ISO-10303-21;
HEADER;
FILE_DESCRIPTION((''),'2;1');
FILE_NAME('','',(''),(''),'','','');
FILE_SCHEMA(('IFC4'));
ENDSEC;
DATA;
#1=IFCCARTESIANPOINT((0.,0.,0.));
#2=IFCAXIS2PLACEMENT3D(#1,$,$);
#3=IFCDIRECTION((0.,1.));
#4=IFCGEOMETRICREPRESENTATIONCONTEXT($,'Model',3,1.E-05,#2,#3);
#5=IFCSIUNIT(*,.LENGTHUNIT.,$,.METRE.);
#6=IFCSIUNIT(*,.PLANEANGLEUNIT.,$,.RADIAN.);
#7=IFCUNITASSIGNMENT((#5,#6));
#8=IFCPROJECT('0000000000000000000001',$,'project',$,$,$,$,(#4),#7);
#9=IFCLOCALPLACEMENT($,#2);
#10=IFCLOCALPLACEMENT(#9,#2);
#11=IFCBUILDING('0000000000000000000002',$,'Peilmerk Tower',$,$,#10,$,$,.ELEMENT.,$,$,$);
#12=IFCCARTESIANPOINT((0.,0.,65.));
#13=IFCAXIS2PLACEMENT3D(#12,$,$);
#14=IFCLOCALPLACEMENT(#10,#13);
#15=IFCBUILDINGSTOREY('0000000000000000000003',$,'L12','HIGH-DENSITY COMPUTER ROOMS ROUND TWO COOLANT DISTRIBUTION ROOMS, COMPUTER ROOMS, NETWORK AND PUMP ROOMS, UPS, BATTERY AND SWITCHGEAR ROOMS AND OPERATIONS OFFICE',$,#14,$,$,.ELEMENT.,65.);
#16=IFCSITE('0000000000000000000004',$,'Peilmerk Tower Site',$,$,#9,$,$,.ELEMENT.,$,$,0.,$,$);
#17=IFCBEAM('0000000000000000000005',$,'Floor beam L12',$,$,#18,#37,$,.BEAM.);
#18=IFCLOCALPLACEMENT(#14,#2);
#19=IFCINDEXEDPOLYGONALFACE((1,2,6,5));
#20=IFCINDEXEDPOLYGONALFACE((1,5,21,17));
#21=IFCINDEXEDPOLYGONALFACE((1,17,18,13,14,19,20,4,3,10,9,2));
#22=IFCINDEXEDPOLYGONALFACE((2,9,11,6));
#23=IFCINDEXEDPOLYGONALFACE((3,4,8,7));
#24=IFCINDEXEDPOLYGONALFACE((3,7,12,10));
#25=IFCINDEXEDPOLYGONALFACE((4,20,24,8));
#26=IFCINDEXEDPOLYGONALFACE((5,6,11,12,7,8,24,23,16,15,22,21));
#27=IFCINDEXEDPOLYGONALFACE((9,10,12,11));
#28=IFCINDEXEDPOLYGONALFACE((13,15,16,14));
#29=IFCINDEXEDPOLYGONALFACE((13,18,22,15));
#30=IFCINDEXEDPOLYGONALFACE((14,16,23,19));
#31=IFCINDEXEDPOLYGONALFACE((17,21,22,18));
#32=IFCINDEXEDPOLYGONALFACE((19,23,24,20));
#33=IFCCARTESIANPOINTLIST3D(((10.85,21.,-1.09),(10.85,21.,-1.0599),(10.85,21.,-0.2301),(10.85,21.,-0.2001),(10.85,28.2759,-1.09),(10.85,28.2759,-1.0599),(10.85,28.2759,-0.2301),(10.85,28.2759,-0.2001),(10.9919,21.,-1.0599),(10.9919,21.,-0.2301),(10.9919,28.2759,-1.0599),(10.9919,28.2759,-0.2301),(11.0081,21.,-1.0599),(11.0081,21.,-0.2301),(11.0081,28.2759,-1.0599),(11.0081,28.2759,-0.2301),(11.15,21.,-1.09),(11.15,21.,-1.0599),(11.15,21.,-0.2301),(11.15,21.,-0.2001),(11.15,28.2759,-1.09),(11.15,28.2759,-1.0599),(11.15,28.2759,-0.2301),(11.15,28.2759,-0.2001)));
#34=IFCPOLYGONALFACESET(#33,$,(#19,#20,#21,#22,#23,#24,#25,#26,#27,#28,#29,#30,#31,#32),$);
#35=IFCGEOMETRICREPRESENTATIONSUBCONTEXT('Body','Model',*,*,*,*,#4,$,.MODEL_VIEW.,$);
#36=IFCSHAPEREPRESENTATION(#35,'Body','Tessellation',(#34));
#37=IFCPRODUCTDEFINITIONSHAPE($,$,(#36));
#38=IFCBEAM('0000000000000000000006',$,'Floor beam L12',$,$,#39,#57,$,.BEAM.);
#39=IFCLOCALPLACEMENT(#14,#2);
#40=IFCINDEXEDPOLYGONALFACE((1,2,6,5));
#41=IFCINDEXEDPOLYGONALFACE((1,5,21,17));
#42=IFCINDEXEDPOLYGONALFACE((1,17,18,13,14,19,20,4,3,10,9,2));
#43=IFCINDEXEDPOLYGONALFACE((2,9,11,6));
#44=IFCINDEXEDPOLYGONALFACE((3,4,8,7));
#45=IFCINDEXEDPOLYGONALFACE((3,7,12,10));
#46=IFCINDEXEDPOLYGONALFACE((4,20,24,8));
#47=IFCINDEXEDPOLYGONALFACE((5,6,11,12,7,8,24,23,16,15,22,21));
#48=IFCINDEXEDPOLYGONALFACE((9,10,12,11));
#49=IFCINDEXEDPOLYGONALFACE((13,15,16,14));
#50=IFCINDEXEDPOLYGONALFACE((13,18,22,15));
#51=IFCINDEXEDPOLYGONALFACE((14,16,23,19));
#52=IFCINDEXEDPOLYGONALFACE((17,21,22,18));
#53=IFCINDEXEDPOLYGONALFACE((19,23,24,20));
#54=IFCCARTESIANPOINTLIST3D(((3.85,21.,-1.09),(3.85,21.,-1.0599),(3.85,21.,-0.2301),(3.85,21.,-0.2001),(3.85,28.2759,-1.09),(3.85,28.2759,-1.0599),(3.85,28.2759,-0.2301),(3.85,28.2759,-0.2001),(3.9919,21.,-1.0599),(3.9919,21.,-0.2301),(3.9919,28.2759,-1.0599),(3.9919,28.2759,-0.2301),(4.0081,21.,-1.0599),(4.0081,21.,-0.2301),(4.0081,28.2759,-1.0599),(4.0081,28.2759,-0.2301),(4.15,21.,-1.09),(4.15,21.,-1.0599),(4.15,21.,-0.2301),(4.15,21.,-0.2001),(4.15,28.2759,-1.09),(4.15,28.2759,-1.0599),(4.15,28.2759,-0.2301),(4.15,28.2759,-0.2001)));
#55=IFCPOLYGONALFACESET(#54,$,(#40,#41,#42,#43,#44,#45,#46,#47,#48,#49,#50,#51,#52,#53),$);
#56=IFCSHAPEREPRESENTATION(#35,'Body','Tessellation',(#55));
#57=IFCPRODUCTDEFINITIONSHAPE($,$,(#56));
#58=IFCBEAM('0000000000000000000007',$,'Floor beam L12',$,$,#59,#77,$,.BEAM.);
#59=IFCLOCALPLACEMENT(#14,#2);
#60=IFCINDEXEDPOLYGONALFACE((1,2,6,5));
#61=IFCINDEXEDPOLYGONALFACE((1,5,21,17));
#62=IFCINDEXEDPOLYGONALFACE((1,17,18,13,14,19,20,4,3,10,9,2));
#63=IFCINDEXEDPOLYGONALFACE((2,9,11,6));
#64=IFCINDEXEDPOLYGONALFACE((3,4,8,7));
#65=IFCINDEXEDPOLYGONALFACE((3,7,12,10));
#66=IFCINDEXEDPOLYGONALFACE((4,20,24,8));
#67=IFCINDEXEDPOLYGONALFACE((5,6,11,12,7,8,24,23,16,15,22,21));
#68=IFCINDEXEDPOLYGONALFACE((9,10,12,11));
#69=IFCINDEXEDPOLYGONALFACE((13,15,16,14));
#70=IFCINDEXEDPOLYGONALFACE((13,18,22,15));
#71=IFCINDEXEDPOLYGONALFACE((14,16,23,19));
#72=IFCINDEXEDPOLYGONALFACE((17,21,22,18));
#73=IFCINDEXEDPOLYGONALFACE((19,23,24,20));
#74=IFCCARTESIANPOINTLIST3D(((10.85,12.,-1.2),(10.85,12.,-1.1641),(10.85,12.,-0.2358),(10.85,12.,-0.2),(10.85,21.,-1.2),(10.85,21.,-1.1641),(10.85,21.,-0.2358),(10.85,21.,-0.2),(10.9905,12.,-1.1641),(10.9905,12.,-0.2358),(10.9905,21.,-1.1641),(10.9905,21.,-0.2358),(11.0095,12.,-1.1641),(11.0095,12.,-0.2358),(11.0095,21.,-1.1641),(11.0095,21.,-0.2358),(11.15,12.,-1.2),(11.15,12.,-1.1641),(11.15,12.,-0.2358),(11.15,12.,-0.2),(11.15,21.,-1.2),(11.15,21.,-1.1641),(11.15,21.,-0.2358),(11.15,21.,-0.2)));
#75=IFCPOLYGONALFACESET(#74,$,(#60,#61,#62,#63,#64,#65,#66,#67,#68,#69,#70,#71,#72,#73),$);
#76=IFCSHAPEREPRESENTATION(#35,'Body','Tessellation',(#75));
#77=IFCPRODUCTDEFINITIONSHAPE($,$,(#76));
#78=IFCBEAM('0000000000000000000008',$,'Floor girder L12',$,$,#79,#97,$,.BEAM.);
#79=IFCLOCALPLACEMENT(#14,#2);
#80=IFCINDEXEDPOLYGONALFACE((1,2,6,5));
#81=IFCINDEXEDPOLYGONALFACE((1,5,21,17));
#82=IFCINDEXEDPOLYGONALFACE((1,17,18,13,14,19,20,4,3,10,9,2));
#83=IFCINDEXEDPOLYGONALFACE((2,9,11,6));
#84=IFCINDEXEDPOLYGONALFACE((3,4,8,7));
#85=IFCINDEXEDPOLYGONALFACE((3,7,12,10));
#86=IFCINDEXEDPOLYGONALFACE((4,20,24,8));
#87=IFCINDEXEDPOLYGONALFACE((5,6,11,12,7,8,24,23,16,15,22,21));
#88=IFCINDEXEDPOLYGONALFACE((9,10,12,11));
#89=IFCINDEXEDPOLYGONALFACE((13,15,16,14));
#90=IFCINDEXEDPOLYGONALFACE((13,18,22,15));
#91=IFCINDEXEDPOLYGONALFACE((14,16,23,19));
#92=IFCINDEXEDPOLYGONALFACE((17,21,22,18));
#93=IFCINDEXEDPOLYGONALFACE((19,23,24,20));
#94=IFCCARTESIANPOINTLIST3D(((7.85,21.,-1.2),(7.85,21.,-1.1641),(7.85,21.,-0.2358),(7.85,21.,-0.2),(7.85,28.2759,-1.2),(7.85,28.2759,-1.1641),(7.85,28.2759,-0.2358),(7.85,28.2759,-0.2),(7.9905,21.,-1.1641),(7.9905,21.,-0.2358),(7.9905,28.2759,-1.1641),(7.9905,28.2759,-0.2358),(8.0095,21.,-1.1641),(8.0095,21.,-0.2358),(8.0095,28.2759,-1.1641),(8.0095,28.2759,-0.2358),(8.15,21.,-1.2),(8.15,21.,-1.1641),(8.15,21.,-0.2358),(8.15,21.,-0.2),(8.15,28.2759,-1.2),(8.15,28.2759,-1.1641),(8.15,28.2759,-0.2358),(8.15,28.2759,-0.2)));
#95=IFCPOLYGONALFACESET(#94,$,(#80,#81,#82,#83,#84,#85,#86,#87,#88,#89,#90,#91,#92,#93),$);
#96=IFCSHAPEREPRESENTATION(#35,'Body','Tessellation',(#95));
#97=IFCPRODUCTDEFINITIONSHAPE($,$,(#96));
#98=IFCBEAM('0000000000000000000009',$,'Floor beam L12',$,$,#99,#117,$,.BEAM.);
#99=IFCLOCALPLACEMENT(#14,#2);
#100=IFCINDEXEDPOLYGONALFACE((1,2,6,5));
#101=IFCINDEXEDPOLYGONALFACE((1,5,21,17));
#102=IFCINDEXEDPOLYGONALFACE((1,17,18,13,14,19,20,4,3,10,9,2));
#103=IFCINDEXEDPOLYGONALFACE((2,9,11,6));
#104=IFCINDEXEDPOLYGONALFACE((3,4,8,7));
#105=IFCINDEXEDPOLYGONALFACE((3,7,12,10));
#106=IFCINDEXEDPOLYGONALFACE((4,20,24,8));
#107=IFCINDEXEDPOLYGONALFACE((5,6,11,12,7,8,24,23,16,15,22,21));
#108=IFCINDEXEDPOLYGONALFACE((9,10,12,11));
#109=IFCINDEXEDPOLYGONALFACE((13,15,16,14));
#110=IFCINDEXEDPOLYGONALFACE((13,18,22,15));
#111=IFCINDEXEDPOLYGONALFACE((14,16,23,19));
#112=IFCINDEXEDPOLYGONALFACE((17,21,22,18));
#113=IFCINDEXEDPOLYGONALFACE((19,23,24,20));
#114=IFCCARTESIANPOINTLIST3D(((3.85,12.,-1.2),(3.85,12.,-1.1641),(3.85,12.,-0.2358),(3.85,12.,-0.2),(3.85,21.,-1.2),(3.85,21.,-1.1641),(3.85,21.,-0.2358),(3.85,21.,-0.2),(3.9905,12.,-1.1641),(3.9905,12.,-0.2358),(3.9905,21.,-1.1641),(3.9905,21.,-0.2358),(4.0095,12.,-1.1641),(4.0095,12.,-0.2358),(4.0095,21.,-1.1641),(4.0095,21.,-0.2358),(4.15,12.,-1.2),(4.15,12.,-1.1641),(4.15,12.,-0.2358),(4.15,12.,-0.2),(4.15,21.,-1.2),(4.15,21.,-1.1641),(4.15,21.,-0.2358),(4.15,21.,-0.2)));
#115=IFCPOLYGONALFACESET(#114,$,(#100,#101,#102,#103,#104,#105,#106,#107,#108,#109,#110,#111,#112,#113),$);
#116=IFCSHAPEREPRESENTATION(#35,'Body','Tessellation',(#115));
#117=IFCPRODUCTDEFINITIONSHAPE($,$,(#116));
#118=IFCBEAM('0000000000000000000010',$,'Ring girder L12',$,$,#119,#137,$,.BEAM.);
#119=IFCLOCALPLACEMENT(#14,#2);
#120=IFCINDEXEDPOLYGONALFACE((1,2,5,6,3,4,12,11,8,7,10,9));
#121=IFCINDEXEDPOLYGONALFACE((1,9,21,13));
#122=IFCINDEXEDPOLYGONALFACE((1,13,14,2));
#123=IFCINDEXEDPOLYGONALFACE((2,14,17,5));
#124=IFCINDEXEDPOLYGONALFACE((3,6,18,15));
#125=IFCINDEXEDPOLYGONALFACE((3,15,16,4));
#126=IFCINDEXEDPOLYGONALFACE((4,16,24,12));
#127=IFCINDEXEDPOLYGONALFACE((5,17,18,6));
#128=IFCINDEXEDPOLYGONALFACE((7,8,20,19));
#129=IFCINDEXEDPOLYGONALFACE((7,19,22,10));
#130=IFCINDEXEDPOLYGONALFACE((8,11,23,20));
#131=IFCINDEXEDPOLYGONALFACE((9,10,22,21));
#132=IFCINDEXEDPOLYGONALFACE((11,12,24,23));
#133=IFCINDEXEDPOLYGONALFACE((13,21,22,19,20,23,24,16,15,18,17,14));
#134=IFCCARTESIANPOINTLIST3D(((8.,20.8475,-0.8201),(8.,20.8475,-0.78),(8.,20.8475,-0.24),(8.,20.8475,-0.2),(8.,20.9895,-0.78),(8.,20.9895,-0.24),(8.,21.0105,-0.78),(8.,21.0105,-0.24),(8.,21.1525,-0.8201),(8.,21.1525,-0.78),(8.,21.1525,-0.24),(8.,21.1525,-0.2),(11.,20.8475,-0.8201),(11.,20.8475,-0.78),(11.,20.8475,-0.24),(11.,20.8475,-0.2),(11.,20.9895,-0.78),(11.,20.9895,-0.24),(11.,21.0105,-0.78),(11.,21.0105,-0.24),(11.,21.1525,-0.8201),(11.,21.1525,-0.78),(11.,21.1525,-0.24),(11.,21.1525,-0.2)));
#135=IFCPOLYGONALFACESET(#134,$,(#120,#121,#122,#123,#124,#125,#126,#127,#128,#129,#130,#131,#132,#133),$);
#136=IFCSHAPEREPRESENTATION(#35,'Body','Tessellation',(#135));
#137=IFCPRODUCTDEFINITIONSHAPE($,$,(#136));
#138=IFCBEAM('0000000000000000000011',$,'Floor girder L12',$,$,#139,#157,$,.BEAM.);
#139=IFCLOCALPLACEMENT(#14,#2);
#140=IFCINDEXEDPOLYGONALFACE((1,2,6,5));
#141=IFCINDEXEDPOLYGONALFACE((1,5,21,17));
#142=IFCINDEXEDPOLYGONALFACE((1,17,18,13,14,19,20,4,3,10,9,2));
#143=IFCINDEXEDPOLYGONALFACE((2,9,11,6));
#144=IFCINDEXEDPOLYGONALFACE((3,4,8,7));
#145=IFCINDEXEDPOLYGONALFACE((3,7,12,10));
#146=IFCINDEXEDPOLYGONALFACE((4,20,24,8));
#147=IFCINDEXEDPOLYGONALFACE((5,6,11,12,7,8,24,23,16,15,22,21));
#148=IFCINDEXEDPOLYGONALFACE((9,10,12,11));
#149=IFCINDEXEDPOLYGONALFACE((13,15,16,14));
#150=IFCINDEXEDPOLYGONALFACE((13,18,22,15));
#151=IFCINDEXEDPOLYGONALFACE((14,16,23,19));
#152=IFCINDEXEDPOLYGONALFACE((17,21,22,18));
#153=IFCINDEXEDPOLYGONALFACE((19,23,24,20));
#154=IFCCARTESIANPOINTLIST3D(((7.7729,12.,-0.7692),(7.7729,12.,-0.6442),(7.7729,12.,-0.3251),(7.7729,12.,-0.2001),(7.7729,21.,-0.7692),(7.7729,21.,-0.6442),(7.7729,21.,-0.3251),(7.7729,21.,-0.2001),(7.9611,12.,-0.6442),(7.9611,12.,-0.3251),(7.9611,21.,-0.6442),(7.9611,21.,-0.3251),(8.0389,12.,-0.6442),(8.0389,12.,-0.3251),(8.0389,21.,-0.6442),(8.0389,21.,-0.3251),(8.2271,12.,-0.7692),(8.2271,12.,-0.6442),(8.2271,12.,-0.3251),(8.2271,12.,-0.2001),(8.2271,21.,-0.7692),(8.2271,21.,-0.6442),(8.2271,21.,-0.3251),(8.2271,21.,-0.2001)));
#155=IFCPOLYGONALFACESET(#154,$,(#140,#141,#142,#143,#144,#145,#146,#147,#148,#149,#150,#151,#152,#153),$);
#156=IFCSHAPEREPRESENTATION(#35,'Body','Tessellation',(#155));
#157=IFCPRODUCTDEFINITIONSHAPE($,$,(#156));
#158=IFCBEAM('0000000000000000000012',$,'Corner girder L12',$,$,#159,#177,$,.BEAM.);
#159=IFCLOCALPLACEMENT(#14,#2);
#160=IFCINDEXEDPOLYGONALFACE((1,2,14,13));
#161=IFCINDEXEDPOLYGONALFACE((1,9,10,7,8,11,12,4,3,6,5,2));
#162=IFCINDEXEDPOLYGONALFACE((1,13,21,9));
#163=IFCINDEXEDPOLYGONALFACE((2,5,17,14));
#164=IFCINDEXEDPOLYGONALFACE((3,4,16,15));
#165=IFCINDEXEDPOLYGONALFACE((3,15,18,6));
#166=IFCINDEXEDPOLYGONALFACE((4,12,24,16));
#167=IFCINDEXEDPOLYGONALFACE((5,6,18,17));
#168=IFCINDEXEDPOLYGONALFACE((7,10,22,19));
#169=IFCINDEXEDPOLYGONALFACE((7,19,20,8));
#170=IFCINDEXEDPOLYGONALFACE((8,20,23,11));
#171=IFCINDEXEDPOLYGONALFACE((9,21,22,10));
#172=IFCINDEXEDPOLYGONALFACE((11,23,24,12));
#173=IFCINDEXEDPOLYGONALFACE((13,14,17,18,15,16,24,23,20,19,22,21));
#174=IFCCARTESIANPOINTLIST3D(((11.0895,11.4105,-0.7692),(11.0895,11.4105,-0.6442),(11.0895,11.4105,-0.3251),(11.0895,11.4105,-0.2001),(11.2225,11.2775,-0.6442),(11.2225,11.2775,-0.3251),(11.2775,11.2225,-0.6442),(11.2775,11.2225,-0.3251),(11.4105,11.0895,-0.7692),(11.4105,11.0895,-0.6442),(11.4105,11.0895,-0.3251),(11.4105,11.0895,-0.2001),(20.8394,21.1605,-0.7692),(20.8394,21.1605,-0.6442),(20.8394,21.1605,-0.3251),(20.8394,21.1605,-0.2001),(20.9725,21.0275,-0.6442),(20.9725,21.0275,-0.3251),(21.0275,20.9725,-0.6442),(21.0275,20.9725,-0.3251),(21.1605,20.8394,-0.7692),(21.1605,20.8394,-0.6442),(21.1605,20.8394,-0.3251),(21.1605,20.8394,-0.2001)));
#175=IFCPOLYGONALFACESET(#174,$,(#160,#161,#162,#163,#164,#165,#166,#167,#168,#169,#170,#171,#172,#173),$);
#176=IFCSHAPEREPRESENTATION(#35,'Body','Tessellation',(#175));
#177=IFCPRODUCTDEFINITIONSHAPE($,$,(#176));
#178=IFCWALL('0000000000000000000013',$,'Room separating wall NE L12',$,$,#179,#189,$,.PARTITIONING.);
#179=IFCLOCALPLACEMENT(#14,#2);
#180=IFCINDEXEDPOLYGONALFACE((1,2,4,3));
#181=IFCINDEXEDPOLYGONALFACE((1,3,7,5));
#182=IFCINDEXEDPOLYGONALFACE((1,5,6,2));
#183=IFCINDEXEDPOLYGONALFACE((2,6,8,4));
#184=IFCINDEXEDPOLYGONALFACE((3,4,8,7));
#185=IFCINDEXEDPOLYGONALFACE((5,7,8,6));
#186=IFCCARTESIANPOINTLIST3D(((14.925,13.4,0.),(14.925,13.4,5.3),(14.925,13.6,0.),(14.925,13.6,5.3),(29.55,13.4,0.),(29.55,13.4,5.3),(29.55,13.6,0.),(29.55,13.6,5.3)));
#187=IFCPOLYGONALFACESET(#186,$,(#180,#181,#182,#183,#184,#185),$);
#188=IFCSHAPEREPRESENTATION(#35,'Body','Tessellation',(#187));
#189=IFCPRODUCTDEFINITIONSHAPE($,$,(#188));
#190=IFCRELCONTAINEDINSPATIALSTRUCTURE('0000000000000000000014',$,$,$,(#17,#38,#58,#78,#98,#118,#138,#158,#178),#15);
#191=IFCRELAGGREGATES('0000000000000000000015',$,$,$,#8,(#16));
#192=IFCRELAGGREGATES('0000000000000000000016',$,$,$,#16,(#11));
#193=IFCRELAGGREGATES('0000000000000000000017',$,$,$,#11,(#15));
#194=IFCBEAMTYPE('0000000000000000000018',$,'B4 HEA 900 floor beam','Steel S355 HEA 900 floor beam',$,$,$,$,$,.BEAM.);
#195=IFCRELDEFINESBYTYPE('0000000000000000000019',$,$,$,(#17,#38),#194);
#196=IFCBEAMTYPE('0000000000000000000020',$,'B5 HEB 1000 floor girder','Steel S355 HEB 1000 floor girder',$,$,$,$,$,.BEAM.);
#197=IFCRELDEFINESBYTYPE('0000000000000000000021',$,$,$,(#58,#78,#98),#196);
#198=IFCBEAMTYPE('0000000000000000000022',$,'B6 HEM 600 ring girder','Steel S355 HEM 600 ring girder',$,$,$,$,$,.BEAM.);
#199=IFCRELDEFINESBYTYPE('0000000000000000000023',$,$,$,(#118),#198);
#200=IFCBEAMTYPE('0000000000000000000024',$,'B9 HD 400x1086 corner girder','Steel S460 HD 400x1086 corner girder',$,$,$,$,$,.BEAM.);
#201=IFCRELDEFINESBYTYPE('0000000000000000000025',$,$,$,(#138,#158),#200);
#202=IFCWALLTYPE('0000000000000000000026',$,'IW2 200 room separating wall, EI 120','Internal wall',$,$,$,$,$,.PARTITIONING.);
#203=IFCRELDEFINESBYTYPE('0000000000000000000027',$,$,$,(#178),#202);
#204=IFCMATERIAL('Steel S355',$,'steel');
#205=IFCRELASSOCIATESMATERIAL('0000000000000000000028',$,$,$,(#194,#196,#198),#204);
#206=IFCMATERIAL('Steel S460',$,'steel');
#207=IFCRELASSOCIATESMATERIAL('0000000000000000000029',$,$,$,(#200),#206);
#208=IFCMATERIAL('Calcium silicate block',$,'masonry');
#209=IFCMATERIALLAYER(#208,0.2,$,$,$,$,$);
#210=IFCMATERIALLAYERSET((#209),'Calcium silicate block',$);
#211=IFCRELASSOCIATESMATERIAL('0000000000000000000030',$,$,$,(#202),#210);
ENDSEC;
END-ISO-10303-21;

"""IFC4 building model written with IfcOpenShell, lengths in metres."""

from ifc_helpers import new_model, si_unit, direction, frame, frame_2d, origin, origin_2d, place, context, subcontext, project, spatial, rectangle, i_section, extrude, material, layer, layer_set, material_profile, profile_set, type_object, element, save


model = new_model("IFC4")

# Units and contexts
model_context = context("Model", 3, precision=1e-05, world=origin(), true_north=direction((0.0, 1.0)))
body_context = subcontext(model_context, "Body", "Model", "MODEL_VIEW")
ifc_project = project(units=[si_unit("LENGTHUNIT", "METRE"), si_unit("PLANEANGLEUNIT", "RADIAN")], contexts=[model_context])

# Site, building, storey
site_placement = place(None, origin())
site = spatial("IfcSite", under=ifc_project, at=site_placement, Name="Peilmerk Tower Site", CompositionType="ELEMENT", RefElevation=0.0)
building_placement = place(site_placement, origin())
building = spatial("IfcBuilding", under=site, at=building_placement, Name="Peilmerk Tower", CompositionType="ELEMENT")
storey_placement = place(building_placement, frame((0.0, 0.0, 65.0)))
storey = spatial("IfcBuildingStorey", under=building, at=storey_placement, Name="L12", Description="HIGH-DENSITY COMPUTER ROOMS ROUND TWO COOLANT DISTRIBUTION ROOMS, COMPUTER ROOMS, NETWORK AND PUMP ROOMS, UPS, BATTERY AND SWITCHGEAR ROOMS AND OPERATIONS OFFICE", CompositionType="ELEMENT", Elevation=65.0)

# Beams
ifc_material_1 = material(Name="Steel S355", Category="steel")
ifc_material_profile_1 = material_profile(ifc_material_1, i_section(OverallWidth=0.3, OverallDepth=0.8899, WebThickness=0.0161, FlangeThickness=0.03, at=origin_2d()), Name="HEA 900")
ifc_profile_set_1 = profile_set([ifc_material_profile_1], Name="Steel S355")
beam_type_1 = type_object("IfcBeamType", Name="B4 HEA 900 floor beam", Description="Steel S355 HEA 900 floor beam", PredefinedType="BEAM", material=ifc_profile_set_1)
for number, where, z_axis, x_axis, name in (
    (1, (11.0, 21.0, -0.645), (0.0, 1.0, 0.0), (-1.0, 0.0, 0.0), "Floor beam L12"),
    (2, (4.0, 21.0, -0.645), (0.0, 1.0, 0.0), (-1.0, 0.0, 0.0), "Floor beam L12"),
):
    element("IfcBeam", number, at=place(storey_placement, frame(where, z_axis=z_axis, x_axis=x_axis)), inside=storey, type_object=beam_type_1, Name=name, PredefinedType="BEAM", context=body_context, shape_type="SweptSolid", body=[
        extrude(i_section(OverallWidth=0.3, OverallDepth=0.8899, WebThickness=0.0161, FlangeThickness=0.03, at=origin_2d()), origin(), (0.0, 0.0, 1.0), 7.2759),
    ])
ifc_material_profile_2 = material_profile(ifc_material_1, i_section(OverallWidth=0.3, OverallDepth=1.0, WebThickness=0.019, FlangeThickness=0.0359, at=origin_2d()), Name="HEB 1000")
ifc_profile_set_2 = profile_set([ifc_material_profile_2], Name="Steel S355")
beam_type_2 = type_object("IfcBeamType", Name="B5 HEB 1000 floor girder", Description="Steel S355 HEB 1000 floor girder", PredefinedType="BEAM", material=ifc_profile_set_2)
beam_1_placement = place(storey_placement, frame((11.0, 12.0, -0.7), z_axis=(0.0, 1.0, 0.0), x_axis=(-1.0, 0.0, 0.0)))
element("IfcBeam", 3, at=beam_1_placement, inside=storey, type_object=beam_type_2, Name="Floor beam L12", PredefinedType="BEAM", context=body_context, shape_type="SweptSolid", body=[
    extrude(i_section(OverallWidth=0.3, OverallDepth=1.0, WebThickness=0.019, FlangeThickness=0.0359, at=origin_2d()), origin(), (0.0, 0.0, 1.0), 9.0),
])
beam_2_placement = place(storey_placement, frame((8.0, 21.0, -0.7), z_axis=(0.0, 1.0, 0.0), x_axis=(-1.0, 0.0, 0.0)))
element("IfcBeam", 4, at=beam_2_placement, inside=storey, type_object=beam_type_2, Name="Floor girder L12", PredefinedType="BEAM", context=body_context, shape_type="SweptSolid", body=[
    extrude(i_section(OverallWidth=0.3, OverallDepth=1.0, WebThickness=0.019, FlangeThickness=0.0359, at=origin_2d()), origin(), (0.0, 0.0, 1.0), 7.2759),
])
beam_3_placement = place(storey_placement, frame((4.0, 12.0, -0.7), z_axis=(0.0, 1.0, 0.0), x_axis=(-1.0, 0.0, 0.0)))
element("IfcBeam", 5, at=beam_3_placement, inside=storey, type_object=beam_type_2, Name="Floor beam L12", PredefinedType="BEAM", context=body_context, shape_type="SweptSolid", body=[
    extrude(i_section(OverallWidth=0.3, OverallDepth=1.0, WebThickness=0.019, FlangeThickness=0.0359, at=origin_2d()), origin(), (0.0, 0.0, 1.0), 9.0),
])
ifc_material_profile_3 = material_profile(ifc_material_1, i_section(OverallWidth=0.3049, OverallDepth=0.6201, WebThickness=0.021, FlangeThickness=0.04, at=origin_2d()), Name="HEM 600")
ifc_profile_set_3 = profile_set([ifc_material_profile_3], Name="Steel S355")
beam_type_3 = type_object("IfcBeamType", Name="B6 HEM 600 ring girder", Description="Steel S355 HEM 600 ring girder", PredefinedType="BEAM", material=ifc_profile_set_3)
beam_4_placement = place(storey_placement, frame((11.0, 21.0, -0.51), z_axis=(-1.0, 0.0, 0.0), x_axis=(0.0, -1.0, 0.0)))
element("IfcBeam", 6, at=beam_4_placement, inside=storey, type_object=beam_type_3, Name="Ring girder L12", PredefinedType="BEAM", context=body_context, shape_type="SweptSolid", body=[
    extrude(i_section(OverallWidth=0.3049, OverallDepth=0.6201, WebThickness=0.021, FlangeThickness=0.04, at=origin_2d()), origin(), (0.0, 0.0, 1.0), 3.0),
])
ifc_material_2 = material(Name="Steel S460", Category="steel")
ifc_material_profile_4 = material_profile(ifc_material_2, i_section(OverallWidth=0.4541, OverallDepth=0.5691, WebThickness=0.0779, FlangeThickness=0.125, at=origin_2d()), Name="HD 400x1086")
ifc_profile_set_4 = profile_set([ifc_material_profile_4], Name="Steel S460")
beam_type_4 = type_object("IfcBeamType", Name="B9 HD 400x1086 corner girder", Description="Steel S460 HD 400x1086 corner girder", PredefinedType="BEAM", material=ifc_profile_set_4)
beam_5_placement = place(storey_placement, frame((8.0, 12.0, -0.4846), z_axis=(0.0, 1.0, 0.0), x_axis=(-1.0, 0.0, 0.0)))
element("IfcBeam", 7, at=beam_5_placement, inside=storey, type_object=beam_type_4, Name="Floor girder L12", PredefinedType="BEAM", context=body_context, shape_type="SweptSolid", body=[
    extrude(i_section(OverallWidth=0.4541, OverallDepth=0.5691, WebThickness=0.0779, FlangeThickness=0.125, at=origin_2d()), origin(), (0.0, 0.0, 1.0), 9.0),
])
beam_6_placement = place(storey_placement, frame((11.25, 11.25, -0.4846), z_axis=(0.707107, 0.707107, 0.0), x_axis=(-0.707107, 0.707107, 0.0)))
element("IfcBeam", 8, at=beam_6_placement, inside=storey, type_object=beam_type_4, Name="Corner girder L12", PredefinedType="BEAM", context=body_context, shape_type="SweptSolid", body=[
    extrude(i_section(OverallWidth=0.4541, OverallDepth=0.5691, WebThickness=0.0779, FlangeThickness=0.125, at=origin_2d()), origin(), (0.0, 0.0, 1.0), 13.7886),
])

# Wall
ifc_material_3 = material(Name="Calcium silicate block", Category="masonry")
ifc_layer = layer(ifc_material_3, 0.2)
ifc_layer_set = layer_set([ifc_layer], Name="Calcium silicate block")
wall_type = type_object("IfcWallType", Name="IW2 200 room separating wall, EI 120", Description="Internal wall", PredefinedType="PARTITIONING", material=ifc_layer_set)
wall_1_placement = place(storey_placement, frame((14.925, 13.5, 0.0), z_axis=(0.0, 0.0, 1.0), x_axis=(1.0, 0.0, 0.0)))
element("IfcWall", 9, at=wall_1_placement, inside=storey, type_object=wall_type, Name="Room separating wall NE L12", PredefinedType="PARTITIONING", context=body_context, shape_type="SweptSolid", body=[
    extrude(rectangle(XDim=14.625, YDim=0.2, at=frame_2d((7.3125, 0.0))), origin(), (0.0, 0.0, 1.0), 5.3),
])

save(model, "model.ifc")
